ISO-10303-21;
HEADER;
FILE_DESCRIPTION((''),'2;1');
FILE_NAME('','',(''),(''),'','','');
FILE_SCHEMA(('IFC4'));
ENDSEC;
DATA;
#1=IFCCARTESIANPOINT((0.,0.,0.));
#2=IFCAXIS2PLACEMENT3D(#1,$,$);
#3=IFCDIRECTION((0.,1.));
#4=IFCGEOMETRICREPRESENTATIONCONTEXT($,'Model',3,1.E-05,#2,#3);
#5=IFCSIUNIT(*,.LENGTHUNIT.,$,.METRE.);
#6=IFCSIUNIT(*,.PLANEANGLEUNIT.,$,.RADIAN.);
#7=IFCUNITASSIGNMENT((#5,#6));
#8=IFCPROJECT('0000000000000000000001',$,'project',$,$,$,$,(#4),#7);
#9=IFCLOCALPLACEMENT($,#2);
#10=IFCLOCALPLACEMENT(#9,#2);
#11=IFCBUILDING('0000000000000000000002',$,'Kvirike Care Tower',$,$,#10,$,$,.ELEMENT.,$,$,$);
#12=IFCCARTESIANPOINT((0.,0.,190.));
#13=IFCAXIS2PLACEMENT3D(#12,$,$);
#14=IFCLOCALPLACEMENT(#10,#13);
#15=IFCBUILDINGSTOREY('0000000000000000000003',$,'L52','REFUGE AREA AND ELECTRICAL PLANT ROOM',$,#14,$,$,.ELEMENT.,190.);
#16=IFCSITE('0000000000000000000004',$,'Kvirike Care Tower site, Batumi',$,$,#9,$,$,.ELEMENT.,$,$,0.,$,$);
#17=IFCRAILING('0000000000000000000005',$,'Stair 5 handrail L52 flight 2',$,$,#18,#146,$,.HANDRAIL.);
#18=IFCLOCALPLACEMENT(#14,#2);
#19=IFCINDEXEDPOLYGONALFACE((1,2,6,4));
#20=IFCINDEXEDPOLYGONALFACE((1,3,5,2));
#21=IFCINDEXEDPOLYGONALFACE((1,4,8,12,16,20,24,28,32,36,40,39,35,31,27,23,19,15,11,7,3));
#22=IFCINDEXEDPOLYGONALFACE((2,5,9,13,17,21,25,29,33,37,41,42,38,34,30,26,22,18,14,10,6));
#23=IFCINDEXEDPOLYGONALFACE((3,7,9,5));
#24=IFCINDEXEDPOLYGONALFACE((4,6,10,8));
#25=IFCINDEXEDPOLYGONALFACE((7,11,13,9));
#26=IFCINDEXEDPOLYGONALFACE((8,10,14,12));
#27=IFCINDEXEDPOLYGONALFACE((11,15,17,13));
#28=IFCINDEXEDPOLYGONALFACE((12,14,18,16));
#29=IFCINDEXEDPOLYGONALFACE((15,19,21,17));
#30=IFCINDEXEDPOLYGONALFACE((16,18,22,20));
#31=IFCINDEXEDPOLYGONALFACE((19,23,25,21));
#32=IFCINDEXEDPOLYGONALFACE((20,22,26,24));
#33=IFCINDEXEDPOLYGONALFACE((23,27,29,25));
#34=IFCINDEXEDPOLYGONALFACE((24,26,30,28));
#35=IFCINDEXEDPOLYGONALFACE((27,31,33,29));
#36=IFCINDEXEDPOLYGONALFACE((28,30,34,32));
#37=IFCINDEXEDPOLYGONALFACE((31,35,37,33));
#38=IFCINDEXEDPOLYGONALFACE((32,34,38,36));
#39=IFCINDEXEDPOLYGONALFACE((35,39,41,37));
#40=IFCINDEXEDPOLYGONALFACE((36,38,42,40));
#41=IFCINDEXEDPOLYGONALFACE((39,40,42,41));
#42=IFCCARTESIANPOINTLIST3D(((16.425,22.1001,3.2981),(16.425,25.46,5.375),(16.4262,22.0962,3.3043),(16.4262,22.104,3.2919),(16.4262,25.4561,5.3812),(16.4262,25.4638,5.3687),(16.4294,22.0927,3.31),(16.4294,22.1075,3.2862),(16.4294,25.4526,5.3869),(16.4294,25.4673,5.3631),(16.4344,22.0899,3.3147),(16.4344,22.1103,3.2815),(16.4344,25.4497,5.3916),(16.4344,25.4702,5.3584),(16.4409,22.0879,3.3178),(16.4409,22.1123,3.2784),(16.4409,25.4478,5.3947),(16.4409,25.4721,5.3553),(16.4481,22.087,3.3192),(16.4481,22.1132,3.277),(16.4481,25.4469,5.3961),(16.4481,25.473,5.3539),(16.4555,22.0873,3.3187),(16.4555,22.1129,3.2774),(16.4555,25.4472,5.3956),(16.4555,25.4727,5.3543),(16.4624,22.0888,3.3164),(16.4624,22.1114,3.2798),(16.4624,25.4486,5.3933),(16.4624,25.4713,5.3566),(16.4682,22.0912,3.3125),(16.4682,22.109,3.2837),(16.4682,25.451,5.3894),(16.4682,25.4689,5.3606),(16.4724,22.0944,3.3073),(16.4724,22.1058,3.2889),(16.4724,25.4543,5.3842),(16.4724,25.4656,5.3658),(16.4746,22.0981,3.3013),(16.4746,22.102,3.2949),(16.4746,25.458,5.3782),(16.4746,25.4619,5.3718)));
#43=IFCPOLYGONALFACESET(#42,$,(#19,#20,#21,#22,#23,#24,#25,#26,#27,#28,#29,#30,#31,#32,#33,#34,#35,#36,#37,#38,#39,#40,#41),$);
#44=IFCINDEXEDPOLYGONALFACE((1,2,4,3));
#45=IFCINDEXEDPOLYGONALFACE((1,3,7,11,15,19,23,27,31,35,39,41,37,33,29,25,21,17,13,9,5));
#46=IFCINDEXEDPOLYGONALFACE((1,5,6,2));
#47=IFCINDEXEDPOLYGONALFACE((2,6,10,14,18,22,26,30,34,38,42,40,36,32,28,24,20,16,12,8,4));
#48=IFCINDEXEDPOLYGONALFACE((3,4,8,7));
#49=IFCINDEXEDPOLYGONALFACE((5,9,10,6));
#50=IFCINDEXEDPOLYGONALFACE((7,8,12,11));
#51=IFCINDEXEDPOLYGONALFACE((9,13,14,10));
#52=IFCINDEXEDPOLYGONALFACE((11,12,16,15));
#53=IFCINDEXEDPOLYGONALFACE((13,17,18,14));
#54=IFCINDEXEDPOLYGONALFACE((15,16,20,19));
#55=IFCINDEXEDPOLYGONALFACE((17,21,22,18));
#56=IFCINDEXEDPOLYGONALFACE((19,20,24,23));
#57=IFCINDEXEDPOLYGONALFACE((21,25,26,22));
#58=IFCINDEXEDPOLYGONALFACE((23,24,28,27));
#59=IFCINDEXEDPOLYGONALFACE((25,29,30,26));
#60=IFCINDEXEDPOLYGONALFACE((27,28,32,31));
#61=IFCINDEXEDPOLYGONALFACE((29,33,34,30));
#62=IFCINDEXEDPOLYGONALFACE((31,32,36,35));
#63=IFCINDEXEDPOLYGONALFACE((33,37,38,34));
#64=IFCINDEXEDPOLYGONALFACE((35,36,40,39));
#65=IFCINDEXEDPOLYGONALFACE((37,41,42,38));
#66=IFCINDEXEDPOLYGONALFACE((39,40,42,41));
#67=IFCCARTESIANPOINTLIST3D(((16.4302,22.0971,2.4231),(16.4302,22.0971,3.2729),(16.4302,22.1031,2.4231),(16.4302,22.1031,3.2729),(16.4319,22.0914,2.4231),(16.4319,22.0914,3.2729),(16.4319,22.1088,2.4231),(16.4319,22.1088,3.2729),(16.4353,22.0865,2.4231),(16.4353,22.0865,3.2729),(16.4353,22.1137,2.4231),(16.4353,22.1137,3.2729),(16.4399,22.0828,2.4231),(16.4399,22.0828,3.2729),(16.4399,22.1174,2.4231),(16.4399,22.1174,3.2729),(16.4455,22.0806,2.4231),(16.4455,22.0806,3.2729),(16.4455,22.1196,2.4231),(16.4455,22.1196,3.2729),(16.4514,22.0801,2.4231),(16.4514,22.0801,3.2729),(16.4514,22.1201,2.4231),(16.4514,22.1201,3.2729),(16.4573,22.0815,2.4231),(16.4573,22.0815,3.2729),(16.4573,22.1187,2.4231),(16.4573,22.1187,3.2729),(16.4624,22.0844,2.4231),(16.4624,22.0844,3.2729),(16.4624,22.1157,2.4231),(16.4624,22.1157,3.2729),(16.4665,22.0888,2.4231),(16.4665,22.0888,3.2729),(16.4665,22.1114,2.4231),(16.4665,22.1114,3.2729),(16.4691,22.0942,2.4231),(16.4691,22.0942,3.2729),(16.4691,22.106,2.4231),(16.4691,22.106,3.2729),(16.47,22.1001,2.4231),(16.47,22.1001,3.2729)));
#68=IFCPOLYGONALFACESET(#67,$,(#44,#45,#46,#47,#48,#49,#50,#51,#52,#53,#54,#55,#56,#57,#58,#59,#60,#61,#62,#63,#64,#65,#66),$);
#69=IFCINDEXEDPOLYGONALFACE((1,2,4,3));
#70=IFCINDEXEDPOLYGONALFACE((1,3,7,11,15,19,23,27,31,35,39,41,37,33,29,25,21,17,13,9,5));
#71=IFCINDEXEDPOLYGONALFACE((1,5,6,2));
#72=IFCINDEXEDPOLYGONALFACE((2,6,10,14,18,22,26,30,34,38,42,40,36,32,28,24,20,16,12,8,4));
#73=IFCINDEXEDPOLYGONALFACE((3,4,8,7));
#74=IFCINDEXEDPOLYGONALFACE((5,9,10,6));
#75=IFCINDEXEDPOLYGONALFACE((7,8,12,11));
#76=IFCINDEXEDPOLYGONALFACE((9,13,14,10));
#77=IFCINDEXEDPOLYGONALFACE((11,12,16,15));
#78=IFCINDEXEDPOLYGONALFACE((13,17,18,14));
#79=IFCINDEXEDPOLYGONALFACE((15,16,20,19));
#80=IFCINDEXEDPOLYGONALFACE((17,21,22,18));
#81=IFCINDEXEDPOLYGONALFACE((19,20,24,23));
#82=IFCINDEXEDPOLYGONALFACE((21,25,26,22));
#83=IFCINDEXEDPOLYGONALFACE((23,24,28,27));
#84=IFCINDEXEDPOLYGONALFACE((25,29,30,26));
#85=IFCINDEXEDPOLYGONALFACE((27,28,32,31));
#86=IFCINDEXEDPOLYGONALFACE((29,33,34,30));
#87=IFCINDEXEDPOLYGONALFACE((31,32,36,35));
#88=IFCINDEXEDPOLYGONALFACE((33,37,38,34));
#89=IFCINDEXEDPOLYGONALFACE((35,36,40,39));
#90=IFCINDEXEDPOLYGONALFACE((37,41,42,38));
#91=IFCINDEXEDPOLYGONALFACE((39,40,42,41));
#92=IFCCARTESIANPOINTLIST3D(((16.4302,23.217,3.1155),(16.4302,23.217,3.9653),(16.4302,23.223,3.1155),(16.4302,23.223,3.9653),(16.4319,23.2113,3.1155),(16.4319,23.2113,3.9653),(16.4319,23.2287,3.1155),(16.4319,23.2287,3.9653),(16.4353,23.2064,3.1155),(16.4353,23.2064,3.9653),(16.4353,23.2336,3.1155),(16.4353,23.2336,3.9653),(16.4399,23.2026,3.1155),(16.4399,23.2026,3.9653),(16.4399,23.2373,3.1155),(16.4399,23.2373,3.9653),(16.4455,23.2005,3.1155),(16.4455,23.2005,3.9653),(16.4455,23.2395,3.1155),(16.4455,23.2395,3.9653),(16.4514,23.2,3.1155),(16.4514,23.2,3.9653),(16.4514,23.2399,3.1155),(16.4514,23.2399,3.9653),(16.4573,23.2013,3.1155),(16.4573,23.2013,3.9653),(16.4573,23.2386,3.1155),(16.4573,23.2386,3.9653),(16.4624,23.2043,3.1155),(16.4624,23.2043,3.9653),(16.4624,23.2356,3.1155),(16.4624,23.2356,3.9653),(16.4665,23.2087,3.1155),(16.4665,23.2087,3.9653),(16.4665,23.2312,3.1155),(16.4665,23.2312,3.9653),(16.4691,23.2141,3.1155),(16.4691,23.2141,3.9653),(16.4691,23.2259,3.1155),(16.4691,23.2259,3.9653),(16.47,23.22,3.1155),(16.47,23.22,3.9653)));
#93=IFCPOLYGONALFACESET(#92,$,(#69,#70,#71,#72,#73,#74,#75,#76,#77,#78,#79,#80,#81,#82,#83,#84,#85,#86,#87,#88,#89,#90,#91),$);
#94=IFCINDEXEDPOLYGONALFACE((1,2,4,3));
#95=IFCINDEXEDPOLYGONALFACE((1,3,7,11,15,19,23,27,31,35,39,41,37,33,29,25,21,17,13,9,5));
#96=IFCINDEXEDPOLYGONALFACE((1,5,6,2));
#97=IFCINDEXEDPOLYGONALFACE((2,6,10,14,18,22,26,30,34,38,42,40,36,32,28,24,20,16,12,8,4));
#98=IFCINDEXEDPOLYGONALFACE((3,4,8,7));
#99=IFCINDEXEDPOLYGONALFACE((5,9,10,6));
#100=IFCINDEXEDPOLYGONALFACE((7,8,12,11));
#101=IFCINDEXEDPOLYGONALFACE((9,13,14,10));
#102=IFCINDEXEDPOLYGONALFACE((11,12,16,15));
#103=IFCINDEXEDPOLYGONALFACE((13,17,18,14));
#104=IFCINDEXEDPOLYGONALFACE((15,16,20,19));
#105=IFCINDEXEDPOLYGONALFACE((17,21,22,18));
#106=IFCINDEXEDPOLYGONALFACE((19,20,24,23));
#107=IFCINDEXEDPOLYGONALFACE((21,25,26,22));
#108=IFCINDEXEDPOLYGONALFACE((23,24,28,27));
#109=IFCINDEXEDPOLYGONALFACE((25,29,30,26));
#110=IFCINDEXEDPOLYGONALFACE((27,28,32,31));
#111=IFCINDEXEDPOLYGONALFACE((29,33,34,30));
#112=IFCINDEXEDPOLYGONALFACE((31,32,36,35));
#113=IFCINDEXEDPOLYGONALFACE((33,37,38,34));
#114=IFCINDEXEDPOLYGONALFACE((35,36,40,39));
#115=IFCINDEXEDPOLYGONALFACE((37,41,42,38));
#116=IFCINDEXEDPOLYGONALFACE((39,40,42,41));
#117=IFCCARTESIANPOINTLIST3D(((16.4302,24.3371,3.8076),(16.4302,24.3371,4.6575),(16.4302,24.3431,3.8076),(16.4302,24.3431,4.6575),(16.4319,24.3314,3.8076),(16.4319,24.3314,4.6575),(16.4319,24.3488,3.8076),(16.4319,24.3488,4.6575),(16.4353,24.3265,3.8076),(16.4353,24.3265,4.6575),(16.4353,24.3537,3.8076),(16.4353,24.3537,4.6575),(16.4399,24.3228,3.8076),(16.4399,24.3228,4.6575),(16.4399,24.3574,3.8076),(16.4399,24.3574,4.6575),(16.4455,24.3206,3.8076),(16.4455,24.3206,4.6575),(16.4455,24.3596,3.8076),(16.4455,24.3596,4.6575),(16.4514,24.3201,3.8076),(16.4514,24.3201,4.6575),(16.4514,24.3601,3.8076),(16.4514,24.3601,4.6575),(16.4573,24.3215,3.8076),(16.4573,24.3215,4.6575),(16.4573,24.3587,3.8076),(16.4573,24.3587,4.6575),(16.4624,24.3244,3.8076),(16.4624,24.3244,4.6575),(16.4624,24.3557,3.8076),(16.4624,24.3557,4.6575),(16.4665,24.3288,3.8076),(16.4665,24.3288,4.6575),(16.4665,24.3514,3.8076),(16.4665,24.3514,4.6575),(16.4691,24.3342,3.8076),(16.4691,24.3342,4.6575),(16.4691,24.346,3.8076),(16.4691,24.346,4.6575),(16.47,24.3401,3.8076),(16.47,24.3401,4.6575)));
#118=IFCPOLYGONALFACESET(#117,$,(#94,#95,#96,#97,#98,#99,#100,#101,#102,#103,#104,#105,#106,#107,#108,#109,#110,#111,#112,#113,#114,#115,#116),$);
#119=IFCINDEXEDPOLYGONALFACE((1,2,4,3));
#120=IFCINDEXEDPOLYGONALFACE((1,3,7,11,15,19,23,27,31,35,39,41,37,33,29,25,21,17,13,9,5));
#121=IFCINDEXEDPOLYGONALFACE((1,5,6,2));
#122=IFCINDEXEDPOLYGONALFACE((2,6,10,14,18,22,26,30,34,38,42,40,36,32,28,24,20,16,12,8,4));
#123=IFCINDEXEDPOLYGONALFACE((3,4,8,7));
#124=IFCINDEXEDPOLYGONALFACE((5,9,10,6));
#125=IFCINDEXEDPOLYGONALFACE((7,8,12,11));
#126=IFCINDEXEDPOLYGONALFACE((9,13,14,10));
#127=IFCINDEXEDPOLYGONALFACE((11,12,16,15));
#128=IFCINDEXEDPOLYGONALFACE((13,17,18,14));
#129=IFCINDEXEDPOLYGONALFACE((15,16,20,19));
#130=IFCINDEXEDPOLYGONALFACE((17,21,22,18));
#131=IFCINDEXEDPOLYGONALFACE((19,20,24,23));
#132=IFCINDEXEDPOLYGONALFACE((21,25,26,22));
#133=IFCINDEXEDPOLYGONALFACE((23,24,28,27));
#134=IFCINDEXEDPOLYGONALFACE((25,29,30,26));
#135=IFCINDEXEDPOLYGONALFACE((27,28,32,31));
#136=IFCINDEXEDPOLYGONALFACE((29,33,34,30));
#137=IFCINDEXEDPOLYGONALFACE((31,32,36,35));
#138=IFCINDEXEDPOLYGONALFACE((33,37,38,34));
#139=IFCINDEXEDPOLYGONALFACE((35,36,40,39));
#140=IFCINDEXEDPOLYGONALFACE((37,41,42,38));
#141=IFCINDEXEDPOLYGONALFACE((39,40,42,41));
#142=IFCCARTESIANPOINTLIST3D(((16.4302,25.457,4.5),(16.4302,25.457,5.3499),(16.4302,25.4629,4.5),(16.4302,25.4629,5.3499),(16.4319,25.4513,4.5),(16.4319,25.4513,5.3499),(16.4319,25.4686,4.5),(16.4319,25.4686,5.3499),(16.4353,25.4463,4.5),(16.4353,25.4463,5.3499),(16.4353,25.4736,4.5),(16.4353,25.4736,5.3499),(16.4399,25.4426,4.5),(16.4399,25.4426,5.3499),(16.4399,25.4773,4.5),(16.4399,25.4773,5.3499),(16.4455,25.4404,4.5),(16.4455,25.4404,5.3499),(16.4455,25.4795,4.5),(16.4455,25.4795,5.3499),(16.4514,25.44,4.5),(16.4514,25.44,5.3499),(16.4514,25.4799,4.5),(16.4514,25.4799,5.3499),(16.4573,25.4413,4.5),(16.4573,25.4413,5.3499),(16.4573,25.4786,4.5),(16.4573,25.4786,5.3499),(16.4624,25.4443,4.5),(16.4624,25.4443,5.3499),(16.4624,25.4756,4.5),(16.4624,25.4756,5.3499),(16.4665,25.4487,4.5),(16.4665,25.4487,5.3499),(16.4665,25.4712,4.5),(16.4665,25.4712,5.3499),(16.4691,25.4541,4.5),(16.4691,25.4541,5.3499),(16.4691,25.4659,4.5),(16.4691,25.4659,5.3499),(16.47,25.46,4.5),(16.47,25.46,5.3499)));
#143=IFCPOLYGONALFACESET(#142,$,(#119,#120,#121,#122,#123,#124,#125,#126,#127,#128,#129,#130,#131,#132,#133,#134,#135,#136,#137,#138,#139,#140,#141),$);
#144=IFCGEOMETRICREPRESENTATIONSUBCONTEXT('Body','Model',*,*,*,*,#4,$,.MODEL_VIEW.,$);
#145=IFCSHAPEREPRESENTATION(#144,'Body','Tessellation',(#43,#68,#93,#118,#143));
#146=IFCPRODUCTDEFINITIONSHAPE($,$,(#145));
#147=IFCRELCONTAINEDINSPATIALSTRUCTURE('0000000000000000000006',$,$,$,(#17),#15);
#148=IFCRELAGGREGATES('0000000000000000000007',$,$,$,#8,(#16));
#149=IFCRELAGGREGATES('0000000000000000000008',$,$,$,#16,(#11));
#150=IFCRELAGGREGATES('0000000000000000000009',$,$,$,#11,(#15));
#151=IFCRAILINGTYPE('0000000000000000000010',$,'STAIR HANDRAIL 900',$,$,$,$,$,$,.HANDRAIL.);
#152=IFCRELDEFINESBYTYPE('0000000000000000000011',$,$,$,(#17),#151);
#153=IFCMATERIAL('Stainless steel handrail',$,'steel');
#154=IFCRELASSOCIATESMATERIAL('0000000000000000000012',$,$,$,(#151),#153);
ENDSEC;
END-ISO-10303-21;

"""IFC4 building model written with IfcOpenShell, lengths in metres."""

from ifc_helpers import new_model, si_unit, direction, frame, origin, origin_2d, place, context, subcontext, project, spatial, circle, extrude, material, type_object, element, save


model = new_model("IFC4")

# Units and contexts
model_context = context("Model", 3, precision=1e-05, world=origin(), true_north=direction((0.0, 1.0)))
body_context = subcontext(model_context, "Body", "Model", "MODEL_VIEW")
ifc_project = project(units=[si_unit("LENGTHUNIT", "METRE"), si_unit("PLANEANGLEUNIT", "RADIAN")], contexts=[model_context])

# Site, building, storey
site_placement = place(None, origin())
site = spatial("IfcSite", under=ifc_project, at=site_placement, Name="Kvirike Care Tower site, Batumi", CompositionType="ELEMENT", RefElevation=0.0)
building_placement = place(site_placement, origin())
building = spatial("IfcBuilding", under=site, at=building_placement, Name="Kvirike Care Tower", CompositionType="ELEMENT")
storey_placement = place(building_placement, frame((0.0, 0.0, 190.0)))
storey = spatial("IfcBuildingStorey", under=building, at=storey_placement, Name="L52", Description="REFUGE AREA AND ELECTRICAL PLANT ROOM", CompositionType="ELEMENT", Elevation=190.0)

# Railing
ifc_material_1 = material(Name="Stainless steel handrail", Category="steel")
railing_type = type_object("IfcRailingType", Name="STAIR HANDRAIL 900", PredefinedType="HANDRAIL", material=ifc_material_1)
railing_1_placement = place(storey_placement, frame((16.45, 22.1001, 2.4231)))
element("IfcRailing", 1, at=railing_1_placement, inside=storey, type_object=railing_type, Name="Stair 5 handrail L52 flight 2", PredefinedType="HANDRAIL", context=body_context, shape_type="SweptSolid", body=[
    extrude(circle(Radius=0.0249, at=origin_2d()), frame((0.0, 0.0, 0.875), z_axis=(0.0, 0.850606, 0.525803), x_axis=(-1.0, 0.0, 0.0)), (0.0, 0.0, 1.0), 3.95),
    extrude(circle(Radius=0.02, at=origin_2d()), origin(), (0.0, 0.0, 1.0), 0.8499),
    extrude(circle(Radius=0.02, at=origin_2d()), frame((0.0, 1.1199, 0.6924)), (0.0, 0.0, 1.0), 0.8499),
    extrude(circle(Radius=0.02, at=origin_2d()), frame((0.0, 2.24, 1.3845)), (0.0, 0.0, 1.0), 0.8499),
    extrude(circle(Radius=0.02, at=origin_2d()), frame((0.0, 3.3599, 2.0769)), (0.0, 0.0, 1.0), 0.8499),
])

save(model, "model.ifc")
